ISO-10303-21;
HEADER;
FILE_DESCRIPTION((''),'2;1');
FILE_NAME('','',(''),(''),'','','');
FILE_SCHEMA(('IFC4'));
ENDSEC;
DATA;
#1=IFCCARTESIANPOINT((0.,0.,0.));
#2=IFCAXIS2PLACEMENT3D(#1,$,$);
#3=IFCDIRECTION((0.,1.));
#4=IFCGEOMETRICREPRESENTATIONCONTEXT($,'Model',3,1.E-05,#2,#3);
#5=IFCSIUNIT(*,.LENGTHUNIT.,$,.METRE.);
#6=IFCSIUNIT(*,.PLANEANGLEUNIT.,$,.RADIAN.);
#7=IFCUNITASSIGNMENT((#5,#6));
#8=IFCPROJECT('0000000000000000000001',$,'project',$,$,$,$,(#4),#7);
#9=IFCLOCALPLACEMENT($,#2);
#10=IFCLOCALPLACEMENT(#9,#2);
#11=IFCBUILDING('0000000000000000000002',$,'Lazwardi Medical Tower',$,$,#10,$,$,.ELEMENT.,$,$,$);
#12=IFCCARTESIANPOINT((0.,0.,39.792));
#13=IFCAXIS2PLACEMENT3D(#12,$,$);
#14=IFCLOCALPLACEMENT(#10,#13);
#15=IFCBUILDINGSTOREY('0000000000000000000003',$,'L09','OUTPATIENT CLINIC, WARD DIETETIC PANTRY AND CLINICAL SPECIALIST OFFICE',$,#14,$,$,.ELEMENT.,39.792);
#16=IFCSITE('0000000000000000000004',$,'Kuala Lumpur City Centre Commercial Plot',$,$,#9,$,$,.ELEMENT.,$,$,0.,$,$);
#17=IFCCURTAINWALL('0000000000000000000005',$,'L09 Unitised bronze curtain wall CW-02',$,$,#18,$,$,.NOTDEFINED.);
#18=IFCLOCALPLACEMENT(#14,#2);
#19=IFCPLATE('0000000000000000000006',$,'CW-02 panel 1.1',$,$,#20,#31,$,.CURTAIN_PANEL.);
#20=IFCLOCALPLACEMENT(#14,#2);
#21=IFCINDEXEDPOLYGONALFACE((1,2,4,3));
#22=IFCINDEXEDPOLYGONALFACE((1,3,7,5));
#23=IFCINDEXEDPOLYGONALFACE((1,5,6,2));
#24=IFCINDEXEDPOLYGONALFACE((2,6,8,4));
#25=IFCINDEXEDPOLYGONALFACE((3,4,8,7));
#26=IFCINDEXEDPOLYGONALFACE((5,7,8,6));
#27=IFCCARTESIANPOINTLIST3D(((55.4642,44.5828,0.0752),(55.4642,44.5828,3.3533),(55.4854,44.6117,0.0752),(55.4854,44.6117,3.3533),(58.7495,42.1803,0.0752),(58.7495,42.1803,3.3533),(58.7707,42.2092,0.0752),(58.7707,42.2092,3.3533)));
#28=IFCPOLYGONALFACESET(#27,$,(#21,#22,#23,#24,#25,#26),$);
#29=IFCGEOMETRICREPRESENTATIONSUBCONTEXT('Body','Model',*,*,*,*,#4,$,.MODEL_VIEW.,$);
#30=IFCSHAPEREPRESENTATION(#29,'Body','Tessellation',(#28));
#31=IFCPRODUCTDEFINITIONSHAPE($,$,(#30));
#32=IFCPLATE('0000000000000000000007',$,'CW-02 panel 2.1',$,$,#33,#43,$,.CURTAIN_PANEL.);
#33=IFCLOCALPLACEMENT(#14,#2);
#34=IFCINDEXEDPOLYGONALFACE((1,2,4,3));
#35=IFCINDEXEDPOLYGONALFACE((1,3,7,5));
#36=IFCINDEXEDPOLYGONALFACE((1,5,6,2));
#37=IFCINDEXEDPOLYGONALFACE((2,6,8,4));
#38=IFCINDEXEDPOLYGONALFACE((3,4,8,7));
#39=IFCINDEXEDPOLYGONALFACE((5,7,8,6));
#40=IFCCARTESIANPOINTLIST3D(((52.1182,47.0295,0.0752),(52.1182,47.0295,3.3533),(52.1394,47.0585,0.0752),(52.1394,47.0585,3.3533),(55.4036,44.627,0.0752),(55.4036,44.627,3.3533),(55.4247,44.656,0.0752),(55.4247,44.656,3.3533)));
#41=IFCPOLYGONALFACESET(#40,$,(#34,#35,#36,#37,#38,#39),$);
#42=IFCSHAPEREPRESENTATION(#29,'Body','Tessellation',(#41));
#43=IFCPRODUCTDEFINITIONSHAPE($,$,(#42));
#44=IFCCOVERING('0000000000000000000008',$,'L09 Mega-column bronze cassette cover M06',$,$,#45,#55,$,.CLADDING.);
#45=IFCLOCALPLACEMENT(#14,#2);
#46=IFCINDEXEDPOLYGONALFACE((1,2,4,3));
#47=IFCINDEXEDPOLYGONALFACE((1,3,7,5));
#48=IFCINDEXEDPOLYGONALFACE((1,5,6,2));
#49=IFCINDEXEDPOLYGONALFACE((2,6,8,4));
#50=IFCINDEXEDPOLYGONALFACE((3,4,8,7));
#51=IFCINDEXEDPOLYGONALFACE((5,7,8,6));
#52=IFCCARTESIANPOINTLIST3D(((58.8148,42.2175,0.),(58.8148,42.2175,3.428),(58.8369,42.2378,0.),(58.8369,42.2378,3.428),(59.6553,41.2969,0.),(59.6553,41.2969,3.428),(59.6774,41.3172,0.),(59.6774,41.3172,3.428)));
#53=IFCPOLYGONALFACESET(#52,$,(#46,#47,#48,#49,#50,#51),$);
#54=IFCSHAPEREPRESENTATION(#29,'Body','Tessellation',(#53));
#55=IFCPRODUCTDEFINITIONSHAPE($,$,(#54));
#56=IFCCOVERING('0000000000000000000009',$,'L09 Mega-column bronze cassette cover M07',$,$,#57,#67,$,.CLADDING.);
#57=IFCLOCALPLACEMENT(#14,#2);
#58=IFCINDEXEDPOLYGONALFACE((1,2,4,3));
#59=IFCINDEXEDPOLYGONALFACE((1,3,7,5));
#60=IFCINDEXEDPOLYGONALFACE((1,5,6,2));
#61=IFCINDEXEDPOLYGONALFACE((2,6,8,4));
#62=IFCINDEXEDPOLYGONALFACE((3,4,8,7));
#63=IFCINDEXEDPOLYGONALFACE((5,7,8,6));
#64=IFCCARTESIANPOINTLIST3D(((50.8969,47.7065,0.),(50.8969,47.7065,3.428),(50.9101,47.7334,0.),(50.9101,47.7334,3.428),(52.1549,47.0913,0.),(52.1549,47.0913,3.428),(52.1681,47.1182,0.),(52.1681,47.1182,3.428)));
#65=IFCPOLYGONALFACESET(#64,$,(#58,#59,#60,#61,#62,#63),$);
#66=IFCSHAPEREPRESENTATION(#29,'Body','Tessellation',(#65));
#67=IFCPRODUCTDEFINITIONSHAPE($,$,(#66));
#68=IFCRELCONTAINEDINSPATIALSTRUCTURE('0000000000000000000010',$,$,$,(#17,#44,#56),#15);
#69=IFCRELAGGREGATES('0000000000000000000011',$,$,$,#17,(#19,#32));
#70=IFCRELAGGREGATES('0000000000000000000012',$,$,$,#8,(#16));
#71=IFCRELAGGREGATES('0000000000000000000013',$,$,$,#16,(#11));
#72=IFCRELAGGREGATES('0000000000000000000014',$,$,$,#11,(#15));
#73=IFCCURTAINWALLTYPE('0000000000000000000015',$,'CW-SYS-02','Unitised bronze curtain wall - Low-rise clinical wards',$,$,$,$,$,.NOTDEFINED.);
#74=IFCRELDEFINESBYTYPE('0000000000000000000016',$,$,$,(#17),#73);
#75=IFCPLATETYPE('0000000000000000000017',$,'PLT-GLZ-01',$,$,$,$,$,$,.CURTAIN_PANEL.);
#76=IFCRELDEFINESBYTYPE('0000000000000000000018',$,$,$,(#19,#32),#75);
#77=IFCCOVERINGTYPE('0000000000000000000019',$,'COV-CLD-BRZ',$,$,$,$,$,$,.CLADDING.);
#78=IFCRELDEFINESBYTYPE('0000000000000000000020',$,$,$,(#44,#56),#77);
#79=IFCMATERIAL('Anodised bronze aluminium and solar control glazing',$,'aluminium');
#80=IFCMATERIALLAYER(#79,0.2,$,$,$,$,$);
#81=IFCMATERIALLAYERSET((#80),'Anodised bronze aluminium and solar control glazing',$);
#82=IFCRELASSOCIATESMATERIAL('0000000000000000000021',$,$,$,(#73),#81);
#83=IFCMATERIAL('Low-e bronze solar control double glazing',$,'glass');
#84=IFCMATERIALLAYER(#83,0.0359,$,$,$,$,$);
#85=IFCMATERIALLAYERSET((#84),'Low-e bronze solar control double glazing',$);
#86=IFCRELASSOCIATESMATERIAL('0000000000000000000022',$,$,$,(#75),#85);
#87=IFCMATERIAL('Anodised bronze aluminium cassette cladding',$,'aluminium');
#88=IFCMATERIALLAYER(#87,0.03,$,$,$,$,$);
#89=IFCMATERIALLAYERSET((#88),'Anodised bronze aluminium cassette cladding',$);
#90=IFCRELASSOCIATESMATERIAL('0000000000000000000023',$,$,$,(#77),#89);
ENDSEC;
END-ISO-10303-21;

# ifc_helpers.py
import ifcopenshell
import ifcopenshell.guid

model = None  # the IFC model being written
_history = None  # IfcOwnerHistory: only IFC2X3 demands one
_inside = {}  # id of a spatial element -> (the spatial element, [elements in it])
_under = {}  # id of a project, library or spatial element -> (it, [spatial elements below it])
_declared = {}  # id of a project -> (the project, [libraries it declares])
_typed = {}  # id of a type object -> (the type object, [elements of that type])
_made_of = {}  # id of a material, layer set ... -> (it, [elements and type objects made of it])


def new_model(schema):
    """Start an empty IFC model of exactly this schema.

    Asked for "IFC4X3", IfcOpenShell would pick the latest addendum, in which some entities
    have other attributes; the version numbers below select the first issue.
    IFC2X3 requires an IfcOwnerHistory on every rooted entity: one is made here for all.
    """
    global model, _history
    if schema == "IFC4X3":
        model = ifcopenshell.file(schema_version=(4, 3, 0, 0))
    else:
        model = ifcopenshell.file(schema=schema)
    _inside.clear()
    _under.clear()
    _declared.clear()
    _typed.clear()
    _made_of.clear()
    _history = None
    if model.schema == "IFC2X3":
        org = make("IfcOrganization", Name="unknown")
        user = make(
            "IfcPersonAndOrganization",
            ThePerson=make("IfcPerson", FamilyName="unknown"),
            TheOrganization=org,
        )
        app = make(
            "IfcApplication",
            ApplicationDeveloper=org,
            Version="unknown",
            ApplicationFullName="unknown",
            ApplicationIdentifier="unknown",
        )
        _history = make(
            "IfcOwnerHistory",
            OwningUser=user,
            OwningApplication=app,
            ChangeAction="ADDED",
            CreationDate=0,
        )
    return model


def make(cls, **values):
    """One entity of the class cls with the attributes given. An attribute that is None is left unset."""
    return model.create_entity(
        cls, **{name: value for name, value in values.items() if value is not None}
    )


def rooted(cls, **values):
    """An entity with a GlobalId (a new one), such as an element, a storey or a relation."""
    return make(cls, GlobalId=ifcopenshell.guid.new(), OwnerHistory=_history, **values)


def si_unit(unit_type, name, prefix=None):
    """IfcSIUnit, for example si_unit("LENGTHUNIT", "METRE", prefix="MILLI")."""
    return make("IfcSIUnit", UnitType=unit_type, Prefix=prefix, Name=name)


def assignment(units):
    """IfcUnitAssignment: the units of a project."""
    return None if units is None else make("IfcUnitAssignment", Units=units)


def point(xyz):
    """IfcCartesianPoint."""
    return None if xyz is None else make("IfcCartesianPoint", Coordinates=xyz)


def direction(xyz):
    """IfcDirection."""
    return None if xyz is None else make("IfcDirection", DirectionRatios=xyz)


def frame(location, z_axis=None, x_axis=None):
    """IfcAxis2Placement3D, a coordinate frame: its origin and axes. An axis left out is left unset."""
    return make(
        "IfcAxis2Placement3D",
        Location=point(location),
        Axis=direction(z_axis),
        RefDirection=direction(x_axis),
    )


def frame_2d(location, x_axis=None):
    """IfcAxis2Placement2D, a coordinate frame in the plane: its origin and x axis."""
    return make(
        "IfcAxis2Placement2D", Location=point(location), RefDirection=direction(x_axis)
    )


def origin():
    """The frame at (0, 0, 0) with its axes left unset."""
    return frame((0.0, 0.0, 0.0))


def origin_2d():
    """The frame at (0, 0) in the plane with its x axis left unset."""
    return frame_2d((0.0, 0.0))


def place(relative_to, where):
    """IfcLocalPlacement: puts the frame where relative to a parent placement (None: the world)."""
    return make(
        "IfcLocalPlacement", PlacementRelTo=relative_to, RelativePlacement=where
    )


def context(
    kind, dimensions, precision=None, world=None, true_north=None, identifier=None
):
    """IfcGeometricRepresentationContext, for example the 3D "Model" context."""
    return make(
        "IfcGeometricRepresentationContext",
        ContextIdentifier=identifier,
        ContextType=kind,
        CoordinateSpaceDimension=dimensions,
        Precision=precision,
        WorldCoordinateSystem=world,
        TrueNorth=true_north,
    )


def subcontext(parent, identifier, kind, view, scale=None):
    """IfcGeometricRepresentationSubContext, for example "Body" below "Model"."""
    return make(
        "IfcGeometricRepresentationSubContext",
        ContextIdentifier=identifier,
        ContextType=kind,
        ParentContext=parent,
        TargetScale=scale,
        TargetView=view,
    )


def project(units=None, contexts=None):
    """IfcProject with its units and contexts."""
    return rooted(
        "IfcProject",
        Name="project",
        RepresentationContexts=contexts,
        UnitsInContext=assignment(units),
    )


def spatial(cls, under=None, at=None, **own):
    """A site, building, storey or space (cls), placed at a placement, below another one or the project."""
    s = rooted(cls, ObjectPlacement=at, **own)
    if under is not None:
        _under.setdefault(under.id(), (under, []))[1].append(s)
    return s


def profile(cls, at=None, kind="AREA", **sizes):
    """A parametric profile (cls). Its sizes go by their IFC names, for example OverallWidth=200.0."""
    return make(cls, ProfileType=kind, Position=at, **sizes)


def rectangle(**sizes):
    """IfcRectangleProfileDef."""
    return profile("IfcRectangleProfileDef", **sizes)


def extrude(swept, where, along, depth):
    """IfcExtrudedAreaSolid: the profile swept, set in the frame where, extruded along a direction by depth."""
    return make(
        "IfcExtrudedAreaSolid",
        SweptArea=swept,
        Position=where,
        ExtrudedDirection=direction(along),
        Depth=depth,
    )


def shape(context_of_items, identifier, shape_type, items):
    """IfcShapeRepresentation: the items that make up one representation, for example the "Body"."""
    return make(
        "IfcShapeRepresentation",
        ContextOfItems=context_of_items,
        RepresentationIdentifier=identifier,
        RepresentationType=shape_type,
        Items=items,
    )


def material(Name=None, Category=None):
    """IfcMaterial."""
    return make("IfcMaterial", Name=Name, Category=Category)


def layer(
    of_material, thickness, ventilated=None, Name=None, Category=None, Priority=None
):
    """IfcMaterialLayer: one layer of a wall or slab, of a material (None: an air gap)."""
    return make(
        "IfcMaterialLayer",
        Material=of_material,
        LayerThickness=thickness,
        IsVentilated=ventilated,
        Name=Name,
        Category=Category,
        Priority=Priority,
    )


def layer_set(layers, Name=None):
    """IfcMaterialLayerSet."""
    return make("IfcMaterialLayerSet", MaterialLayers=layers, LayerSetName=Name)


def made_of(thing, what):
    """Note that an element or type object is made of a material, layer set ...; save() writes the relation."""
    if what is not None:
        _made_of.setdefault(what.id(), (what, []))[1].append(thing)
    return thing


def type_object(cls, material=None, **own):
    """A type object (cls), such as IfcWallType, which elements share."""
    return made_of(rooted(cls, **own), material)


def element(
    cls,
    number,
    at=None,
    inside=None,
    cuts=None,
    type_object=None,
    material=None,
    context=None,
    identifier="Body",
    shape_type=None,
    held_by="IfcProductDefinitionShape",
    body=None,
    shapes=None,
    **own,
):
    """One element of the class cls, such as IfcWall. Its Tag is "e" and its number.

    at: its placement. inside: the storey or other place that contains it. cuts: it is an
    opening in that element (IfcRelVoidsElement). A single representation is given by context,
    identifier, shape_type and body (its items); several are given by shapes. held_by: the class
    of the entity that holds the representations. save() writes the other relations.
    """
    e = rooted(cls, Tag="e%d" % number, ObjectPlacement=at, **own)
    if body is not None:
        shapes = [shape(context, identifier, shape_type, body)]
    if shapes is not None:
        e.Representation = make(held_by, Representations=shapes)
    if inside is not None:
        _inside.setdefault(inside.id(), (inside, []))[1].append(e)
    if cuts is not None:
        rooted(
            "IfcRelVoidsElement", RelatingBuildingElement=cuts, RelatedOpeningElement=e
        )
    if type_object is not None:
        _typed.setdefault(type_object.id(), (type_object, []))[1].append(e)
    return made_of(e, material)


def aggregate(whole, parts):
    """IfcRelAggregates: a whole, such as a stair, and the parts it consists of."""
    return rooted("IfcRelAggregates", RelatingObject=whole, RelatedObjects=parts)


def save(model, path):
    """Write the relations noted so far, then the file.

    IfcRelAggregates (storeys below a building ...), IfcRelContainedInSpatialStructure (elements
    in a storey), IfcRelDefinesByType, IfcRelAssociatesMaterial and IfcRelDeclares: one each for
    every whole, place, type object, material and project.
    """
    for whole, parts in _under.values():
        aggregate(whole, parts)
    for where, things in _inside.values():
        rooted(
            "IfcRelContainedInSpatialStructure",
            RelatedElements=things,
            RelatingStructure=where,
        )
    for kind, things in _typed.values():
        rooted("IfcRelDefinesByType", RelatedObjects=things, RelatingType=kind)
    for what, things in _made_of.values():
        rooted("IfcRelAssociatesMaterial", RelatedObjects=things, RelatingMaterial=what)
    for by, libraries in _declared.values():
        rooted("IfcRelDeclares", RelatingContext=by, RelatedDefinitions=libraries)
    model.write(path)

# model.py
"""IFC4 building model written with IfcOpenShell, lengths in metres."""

from ifc_helpers import new_model, si_unit, direction, frame, origin, origin_2d, place, context, subcontext, project, spatial, rectangle, extrude, material, layer, layer_set, type_object, element, aggregate, save


model = new_model("IFC4")

# Units and contexts
model_context = context("Model", 3, precision=1e-05, world=origin(), true_north=direction((0.0, 1.0)))
body_context = subcontext(model_context, "Body", "Model", "MODEL_VIEW")
ifc_project = project(units=[si_unit("LENGTHUNIT", "METRE"), si_unit("PLANEANGLEUNIT", "RADIAN")], contexts=[model_context])

# Site, building, storey
site_placement = place(None, origin())
site = spatial("IfcSite", under=ifc_project, at=site_placement, Name="Kuala Lumpur City Centre Commercial Plot", CompositionType="ELEMENT", RefElevation=0.0)
building_placement = place(site_placement, origin())
building = spatial("IfcBuilding", under=site, at=building_placement, Name="Lazwardi Medical Tower", CompositionType="ELEMENT")
storey_placement = place(building_placement, frame((0.0, 0.0, 39.792)))
storey = spatial("IfcBuildingStorey", under=building, at=storey_placement, Name="L09", Description="OUTPATIENT CLINIC, WARD DIETETIC PANTRY AND CLINICAL SPECIALIST OFFICE", CompositionType="ELEMENT", Elevation=39.792)

# Shared definitions
ifc_material_1 = material(Name="Anodised bronze aluminium and solar control glazing", Category="aluminium")
ifc_layer_1 = layer(ifc_material_1, 0.2)
ifc_layer_set_1 = layer_set([ifc_layer_1], Name="Anodised bronze aluminium and solar control glazing")
curtain_wall_type = type_object("IfcCurtainWallType", Name="CW-SYS-02", Description="Unitised bronze curtain wall - Low-rise clinical wards", PredefinedType="NOTDEFINED", material=ifc_layer_set_1)

# Curtain wall
curtain_wall_1_placement = place(storey_placement, origin())
curtain_wall_1 = element("IfcCurtainWall", 1, at=curtain_wall_1_placement, inside=storey, type_object=curtain_wall_type, Name="L09 Unitised bronze curtain wall CW-02", PredefinedType="NOTDEFINED")

# Plates
ifc_material_2 = material(Name="Low-e bronze solar control double glazing", Category="glass")
ifc_layer_2 = layer(ifc_material_2, 0.0359)
ifc_layer_set_2 = layer_set([ifc_layer_2], Name="Low-e bronze solar control double glazing")
plate_type = type_object("IfcPlateType", Name="PLT-GLZ-01", PredefinedType="CURTAIN_PANEL", material=ifc_layer_set_2)
plate_1_placement = place(storey_placement, frame((57.1174, 43.396, 0.0752), z_axis=(0.0, 0.0, 1.0), x_axis=(-0.807192, 0.590289, 0.0)))
plate_1 = element("IfcPlate", 2, at=plate_1_placement, type_object=plate_type, Name="CW-02 panel 1.1", PredefinedType="CURTAIN_PANEL", context=body_context, shape_type="SweptSolid", body=[
    extrude(rectangle(XDim=4.0701, YDim=0.0359, at=origin_2d()), origin(), (0.0, 0.0, 1.0), 3.2781),
])
plate_2_placement = place(storey_placement, frame((53.7715, 45.8428, 0.0752), z_axis=(0.0, 0.0, 1.0), x_axis=(-0.807192, 0.590289, 0.0)))
plate_2 = element("IfcPlate", 3, at=plate_2_placement, type_object=plate_type, Name="CW-02 panel 2.1", PredefinedType="CURTAIN_PANEL", context=body_context, shape_type="SweptSolid", body=[
    extrude(rectangle(XDim=4.0701, YDim=0.0359, at=origin_2d()), origin(), (0.0, 0.0, 1.0), 3.2781),
])
aggregate(curtain_wall_1, [plate_1, plate_2])

# Coverings
ifc_material_3 = material(Name="Anodised bronze aluminium cassette cladding", Category="aluminium")
ifc_layer_3 = layer(ifc_material_3, 0.03)
ifc_layer_set_3 = layer_set([ifc_layer_3], Name="Anodised bronze aluminium cassette cladding")
covering_type = type_object("IfcCoveringType", Name="COV-CLD-BRZ", PredefinedType="CLADDING", material=ifc_layer_set_3)
covering_1_placement = place(storey_placement, frame((59.2461, 41.7673, 0.0), z_axis=(0.0, 0.0, 1.0), x_axis=(-0.674252, 0.738501, 0.0)))
element("IfcCovering", 4, at=covering_1_placement, inside=storey, type_object=covering_type, Name="L09 Mega-column bronze cassette cover M06", PredefinedType="CLADDING", context=body_context, shape_type="SweptSolid", body=[
    extrude(rectangle(XDim=1.2466, YDim=0.03, at=origin_2d()), origin(), (0.0, 0.0, 1.0), 3.428),
])
covering_2_placement = place(storey_placement, frame((51.5325, 47.4124, 0.0), z_axis=(0.0, 0.0, 1.0), x_axis=(-0.898334, 0.439312, 0.0)))
element("IfcCovering", 5, at=covering_2_placement, inside=storey, type_object=covering_type, Name="L09 Mega-column bronze cassette cover M07", PredefinedType="CLADDING", context=body_context, shape_type="SweptSolid", body=[
    extrude(rectangle(XDim=1.4004, YDim=0.03, at=origin_2d()), origin(), (0.0, 0.0, 1.0), 3.428),
])

save(model, "model.ifc")
